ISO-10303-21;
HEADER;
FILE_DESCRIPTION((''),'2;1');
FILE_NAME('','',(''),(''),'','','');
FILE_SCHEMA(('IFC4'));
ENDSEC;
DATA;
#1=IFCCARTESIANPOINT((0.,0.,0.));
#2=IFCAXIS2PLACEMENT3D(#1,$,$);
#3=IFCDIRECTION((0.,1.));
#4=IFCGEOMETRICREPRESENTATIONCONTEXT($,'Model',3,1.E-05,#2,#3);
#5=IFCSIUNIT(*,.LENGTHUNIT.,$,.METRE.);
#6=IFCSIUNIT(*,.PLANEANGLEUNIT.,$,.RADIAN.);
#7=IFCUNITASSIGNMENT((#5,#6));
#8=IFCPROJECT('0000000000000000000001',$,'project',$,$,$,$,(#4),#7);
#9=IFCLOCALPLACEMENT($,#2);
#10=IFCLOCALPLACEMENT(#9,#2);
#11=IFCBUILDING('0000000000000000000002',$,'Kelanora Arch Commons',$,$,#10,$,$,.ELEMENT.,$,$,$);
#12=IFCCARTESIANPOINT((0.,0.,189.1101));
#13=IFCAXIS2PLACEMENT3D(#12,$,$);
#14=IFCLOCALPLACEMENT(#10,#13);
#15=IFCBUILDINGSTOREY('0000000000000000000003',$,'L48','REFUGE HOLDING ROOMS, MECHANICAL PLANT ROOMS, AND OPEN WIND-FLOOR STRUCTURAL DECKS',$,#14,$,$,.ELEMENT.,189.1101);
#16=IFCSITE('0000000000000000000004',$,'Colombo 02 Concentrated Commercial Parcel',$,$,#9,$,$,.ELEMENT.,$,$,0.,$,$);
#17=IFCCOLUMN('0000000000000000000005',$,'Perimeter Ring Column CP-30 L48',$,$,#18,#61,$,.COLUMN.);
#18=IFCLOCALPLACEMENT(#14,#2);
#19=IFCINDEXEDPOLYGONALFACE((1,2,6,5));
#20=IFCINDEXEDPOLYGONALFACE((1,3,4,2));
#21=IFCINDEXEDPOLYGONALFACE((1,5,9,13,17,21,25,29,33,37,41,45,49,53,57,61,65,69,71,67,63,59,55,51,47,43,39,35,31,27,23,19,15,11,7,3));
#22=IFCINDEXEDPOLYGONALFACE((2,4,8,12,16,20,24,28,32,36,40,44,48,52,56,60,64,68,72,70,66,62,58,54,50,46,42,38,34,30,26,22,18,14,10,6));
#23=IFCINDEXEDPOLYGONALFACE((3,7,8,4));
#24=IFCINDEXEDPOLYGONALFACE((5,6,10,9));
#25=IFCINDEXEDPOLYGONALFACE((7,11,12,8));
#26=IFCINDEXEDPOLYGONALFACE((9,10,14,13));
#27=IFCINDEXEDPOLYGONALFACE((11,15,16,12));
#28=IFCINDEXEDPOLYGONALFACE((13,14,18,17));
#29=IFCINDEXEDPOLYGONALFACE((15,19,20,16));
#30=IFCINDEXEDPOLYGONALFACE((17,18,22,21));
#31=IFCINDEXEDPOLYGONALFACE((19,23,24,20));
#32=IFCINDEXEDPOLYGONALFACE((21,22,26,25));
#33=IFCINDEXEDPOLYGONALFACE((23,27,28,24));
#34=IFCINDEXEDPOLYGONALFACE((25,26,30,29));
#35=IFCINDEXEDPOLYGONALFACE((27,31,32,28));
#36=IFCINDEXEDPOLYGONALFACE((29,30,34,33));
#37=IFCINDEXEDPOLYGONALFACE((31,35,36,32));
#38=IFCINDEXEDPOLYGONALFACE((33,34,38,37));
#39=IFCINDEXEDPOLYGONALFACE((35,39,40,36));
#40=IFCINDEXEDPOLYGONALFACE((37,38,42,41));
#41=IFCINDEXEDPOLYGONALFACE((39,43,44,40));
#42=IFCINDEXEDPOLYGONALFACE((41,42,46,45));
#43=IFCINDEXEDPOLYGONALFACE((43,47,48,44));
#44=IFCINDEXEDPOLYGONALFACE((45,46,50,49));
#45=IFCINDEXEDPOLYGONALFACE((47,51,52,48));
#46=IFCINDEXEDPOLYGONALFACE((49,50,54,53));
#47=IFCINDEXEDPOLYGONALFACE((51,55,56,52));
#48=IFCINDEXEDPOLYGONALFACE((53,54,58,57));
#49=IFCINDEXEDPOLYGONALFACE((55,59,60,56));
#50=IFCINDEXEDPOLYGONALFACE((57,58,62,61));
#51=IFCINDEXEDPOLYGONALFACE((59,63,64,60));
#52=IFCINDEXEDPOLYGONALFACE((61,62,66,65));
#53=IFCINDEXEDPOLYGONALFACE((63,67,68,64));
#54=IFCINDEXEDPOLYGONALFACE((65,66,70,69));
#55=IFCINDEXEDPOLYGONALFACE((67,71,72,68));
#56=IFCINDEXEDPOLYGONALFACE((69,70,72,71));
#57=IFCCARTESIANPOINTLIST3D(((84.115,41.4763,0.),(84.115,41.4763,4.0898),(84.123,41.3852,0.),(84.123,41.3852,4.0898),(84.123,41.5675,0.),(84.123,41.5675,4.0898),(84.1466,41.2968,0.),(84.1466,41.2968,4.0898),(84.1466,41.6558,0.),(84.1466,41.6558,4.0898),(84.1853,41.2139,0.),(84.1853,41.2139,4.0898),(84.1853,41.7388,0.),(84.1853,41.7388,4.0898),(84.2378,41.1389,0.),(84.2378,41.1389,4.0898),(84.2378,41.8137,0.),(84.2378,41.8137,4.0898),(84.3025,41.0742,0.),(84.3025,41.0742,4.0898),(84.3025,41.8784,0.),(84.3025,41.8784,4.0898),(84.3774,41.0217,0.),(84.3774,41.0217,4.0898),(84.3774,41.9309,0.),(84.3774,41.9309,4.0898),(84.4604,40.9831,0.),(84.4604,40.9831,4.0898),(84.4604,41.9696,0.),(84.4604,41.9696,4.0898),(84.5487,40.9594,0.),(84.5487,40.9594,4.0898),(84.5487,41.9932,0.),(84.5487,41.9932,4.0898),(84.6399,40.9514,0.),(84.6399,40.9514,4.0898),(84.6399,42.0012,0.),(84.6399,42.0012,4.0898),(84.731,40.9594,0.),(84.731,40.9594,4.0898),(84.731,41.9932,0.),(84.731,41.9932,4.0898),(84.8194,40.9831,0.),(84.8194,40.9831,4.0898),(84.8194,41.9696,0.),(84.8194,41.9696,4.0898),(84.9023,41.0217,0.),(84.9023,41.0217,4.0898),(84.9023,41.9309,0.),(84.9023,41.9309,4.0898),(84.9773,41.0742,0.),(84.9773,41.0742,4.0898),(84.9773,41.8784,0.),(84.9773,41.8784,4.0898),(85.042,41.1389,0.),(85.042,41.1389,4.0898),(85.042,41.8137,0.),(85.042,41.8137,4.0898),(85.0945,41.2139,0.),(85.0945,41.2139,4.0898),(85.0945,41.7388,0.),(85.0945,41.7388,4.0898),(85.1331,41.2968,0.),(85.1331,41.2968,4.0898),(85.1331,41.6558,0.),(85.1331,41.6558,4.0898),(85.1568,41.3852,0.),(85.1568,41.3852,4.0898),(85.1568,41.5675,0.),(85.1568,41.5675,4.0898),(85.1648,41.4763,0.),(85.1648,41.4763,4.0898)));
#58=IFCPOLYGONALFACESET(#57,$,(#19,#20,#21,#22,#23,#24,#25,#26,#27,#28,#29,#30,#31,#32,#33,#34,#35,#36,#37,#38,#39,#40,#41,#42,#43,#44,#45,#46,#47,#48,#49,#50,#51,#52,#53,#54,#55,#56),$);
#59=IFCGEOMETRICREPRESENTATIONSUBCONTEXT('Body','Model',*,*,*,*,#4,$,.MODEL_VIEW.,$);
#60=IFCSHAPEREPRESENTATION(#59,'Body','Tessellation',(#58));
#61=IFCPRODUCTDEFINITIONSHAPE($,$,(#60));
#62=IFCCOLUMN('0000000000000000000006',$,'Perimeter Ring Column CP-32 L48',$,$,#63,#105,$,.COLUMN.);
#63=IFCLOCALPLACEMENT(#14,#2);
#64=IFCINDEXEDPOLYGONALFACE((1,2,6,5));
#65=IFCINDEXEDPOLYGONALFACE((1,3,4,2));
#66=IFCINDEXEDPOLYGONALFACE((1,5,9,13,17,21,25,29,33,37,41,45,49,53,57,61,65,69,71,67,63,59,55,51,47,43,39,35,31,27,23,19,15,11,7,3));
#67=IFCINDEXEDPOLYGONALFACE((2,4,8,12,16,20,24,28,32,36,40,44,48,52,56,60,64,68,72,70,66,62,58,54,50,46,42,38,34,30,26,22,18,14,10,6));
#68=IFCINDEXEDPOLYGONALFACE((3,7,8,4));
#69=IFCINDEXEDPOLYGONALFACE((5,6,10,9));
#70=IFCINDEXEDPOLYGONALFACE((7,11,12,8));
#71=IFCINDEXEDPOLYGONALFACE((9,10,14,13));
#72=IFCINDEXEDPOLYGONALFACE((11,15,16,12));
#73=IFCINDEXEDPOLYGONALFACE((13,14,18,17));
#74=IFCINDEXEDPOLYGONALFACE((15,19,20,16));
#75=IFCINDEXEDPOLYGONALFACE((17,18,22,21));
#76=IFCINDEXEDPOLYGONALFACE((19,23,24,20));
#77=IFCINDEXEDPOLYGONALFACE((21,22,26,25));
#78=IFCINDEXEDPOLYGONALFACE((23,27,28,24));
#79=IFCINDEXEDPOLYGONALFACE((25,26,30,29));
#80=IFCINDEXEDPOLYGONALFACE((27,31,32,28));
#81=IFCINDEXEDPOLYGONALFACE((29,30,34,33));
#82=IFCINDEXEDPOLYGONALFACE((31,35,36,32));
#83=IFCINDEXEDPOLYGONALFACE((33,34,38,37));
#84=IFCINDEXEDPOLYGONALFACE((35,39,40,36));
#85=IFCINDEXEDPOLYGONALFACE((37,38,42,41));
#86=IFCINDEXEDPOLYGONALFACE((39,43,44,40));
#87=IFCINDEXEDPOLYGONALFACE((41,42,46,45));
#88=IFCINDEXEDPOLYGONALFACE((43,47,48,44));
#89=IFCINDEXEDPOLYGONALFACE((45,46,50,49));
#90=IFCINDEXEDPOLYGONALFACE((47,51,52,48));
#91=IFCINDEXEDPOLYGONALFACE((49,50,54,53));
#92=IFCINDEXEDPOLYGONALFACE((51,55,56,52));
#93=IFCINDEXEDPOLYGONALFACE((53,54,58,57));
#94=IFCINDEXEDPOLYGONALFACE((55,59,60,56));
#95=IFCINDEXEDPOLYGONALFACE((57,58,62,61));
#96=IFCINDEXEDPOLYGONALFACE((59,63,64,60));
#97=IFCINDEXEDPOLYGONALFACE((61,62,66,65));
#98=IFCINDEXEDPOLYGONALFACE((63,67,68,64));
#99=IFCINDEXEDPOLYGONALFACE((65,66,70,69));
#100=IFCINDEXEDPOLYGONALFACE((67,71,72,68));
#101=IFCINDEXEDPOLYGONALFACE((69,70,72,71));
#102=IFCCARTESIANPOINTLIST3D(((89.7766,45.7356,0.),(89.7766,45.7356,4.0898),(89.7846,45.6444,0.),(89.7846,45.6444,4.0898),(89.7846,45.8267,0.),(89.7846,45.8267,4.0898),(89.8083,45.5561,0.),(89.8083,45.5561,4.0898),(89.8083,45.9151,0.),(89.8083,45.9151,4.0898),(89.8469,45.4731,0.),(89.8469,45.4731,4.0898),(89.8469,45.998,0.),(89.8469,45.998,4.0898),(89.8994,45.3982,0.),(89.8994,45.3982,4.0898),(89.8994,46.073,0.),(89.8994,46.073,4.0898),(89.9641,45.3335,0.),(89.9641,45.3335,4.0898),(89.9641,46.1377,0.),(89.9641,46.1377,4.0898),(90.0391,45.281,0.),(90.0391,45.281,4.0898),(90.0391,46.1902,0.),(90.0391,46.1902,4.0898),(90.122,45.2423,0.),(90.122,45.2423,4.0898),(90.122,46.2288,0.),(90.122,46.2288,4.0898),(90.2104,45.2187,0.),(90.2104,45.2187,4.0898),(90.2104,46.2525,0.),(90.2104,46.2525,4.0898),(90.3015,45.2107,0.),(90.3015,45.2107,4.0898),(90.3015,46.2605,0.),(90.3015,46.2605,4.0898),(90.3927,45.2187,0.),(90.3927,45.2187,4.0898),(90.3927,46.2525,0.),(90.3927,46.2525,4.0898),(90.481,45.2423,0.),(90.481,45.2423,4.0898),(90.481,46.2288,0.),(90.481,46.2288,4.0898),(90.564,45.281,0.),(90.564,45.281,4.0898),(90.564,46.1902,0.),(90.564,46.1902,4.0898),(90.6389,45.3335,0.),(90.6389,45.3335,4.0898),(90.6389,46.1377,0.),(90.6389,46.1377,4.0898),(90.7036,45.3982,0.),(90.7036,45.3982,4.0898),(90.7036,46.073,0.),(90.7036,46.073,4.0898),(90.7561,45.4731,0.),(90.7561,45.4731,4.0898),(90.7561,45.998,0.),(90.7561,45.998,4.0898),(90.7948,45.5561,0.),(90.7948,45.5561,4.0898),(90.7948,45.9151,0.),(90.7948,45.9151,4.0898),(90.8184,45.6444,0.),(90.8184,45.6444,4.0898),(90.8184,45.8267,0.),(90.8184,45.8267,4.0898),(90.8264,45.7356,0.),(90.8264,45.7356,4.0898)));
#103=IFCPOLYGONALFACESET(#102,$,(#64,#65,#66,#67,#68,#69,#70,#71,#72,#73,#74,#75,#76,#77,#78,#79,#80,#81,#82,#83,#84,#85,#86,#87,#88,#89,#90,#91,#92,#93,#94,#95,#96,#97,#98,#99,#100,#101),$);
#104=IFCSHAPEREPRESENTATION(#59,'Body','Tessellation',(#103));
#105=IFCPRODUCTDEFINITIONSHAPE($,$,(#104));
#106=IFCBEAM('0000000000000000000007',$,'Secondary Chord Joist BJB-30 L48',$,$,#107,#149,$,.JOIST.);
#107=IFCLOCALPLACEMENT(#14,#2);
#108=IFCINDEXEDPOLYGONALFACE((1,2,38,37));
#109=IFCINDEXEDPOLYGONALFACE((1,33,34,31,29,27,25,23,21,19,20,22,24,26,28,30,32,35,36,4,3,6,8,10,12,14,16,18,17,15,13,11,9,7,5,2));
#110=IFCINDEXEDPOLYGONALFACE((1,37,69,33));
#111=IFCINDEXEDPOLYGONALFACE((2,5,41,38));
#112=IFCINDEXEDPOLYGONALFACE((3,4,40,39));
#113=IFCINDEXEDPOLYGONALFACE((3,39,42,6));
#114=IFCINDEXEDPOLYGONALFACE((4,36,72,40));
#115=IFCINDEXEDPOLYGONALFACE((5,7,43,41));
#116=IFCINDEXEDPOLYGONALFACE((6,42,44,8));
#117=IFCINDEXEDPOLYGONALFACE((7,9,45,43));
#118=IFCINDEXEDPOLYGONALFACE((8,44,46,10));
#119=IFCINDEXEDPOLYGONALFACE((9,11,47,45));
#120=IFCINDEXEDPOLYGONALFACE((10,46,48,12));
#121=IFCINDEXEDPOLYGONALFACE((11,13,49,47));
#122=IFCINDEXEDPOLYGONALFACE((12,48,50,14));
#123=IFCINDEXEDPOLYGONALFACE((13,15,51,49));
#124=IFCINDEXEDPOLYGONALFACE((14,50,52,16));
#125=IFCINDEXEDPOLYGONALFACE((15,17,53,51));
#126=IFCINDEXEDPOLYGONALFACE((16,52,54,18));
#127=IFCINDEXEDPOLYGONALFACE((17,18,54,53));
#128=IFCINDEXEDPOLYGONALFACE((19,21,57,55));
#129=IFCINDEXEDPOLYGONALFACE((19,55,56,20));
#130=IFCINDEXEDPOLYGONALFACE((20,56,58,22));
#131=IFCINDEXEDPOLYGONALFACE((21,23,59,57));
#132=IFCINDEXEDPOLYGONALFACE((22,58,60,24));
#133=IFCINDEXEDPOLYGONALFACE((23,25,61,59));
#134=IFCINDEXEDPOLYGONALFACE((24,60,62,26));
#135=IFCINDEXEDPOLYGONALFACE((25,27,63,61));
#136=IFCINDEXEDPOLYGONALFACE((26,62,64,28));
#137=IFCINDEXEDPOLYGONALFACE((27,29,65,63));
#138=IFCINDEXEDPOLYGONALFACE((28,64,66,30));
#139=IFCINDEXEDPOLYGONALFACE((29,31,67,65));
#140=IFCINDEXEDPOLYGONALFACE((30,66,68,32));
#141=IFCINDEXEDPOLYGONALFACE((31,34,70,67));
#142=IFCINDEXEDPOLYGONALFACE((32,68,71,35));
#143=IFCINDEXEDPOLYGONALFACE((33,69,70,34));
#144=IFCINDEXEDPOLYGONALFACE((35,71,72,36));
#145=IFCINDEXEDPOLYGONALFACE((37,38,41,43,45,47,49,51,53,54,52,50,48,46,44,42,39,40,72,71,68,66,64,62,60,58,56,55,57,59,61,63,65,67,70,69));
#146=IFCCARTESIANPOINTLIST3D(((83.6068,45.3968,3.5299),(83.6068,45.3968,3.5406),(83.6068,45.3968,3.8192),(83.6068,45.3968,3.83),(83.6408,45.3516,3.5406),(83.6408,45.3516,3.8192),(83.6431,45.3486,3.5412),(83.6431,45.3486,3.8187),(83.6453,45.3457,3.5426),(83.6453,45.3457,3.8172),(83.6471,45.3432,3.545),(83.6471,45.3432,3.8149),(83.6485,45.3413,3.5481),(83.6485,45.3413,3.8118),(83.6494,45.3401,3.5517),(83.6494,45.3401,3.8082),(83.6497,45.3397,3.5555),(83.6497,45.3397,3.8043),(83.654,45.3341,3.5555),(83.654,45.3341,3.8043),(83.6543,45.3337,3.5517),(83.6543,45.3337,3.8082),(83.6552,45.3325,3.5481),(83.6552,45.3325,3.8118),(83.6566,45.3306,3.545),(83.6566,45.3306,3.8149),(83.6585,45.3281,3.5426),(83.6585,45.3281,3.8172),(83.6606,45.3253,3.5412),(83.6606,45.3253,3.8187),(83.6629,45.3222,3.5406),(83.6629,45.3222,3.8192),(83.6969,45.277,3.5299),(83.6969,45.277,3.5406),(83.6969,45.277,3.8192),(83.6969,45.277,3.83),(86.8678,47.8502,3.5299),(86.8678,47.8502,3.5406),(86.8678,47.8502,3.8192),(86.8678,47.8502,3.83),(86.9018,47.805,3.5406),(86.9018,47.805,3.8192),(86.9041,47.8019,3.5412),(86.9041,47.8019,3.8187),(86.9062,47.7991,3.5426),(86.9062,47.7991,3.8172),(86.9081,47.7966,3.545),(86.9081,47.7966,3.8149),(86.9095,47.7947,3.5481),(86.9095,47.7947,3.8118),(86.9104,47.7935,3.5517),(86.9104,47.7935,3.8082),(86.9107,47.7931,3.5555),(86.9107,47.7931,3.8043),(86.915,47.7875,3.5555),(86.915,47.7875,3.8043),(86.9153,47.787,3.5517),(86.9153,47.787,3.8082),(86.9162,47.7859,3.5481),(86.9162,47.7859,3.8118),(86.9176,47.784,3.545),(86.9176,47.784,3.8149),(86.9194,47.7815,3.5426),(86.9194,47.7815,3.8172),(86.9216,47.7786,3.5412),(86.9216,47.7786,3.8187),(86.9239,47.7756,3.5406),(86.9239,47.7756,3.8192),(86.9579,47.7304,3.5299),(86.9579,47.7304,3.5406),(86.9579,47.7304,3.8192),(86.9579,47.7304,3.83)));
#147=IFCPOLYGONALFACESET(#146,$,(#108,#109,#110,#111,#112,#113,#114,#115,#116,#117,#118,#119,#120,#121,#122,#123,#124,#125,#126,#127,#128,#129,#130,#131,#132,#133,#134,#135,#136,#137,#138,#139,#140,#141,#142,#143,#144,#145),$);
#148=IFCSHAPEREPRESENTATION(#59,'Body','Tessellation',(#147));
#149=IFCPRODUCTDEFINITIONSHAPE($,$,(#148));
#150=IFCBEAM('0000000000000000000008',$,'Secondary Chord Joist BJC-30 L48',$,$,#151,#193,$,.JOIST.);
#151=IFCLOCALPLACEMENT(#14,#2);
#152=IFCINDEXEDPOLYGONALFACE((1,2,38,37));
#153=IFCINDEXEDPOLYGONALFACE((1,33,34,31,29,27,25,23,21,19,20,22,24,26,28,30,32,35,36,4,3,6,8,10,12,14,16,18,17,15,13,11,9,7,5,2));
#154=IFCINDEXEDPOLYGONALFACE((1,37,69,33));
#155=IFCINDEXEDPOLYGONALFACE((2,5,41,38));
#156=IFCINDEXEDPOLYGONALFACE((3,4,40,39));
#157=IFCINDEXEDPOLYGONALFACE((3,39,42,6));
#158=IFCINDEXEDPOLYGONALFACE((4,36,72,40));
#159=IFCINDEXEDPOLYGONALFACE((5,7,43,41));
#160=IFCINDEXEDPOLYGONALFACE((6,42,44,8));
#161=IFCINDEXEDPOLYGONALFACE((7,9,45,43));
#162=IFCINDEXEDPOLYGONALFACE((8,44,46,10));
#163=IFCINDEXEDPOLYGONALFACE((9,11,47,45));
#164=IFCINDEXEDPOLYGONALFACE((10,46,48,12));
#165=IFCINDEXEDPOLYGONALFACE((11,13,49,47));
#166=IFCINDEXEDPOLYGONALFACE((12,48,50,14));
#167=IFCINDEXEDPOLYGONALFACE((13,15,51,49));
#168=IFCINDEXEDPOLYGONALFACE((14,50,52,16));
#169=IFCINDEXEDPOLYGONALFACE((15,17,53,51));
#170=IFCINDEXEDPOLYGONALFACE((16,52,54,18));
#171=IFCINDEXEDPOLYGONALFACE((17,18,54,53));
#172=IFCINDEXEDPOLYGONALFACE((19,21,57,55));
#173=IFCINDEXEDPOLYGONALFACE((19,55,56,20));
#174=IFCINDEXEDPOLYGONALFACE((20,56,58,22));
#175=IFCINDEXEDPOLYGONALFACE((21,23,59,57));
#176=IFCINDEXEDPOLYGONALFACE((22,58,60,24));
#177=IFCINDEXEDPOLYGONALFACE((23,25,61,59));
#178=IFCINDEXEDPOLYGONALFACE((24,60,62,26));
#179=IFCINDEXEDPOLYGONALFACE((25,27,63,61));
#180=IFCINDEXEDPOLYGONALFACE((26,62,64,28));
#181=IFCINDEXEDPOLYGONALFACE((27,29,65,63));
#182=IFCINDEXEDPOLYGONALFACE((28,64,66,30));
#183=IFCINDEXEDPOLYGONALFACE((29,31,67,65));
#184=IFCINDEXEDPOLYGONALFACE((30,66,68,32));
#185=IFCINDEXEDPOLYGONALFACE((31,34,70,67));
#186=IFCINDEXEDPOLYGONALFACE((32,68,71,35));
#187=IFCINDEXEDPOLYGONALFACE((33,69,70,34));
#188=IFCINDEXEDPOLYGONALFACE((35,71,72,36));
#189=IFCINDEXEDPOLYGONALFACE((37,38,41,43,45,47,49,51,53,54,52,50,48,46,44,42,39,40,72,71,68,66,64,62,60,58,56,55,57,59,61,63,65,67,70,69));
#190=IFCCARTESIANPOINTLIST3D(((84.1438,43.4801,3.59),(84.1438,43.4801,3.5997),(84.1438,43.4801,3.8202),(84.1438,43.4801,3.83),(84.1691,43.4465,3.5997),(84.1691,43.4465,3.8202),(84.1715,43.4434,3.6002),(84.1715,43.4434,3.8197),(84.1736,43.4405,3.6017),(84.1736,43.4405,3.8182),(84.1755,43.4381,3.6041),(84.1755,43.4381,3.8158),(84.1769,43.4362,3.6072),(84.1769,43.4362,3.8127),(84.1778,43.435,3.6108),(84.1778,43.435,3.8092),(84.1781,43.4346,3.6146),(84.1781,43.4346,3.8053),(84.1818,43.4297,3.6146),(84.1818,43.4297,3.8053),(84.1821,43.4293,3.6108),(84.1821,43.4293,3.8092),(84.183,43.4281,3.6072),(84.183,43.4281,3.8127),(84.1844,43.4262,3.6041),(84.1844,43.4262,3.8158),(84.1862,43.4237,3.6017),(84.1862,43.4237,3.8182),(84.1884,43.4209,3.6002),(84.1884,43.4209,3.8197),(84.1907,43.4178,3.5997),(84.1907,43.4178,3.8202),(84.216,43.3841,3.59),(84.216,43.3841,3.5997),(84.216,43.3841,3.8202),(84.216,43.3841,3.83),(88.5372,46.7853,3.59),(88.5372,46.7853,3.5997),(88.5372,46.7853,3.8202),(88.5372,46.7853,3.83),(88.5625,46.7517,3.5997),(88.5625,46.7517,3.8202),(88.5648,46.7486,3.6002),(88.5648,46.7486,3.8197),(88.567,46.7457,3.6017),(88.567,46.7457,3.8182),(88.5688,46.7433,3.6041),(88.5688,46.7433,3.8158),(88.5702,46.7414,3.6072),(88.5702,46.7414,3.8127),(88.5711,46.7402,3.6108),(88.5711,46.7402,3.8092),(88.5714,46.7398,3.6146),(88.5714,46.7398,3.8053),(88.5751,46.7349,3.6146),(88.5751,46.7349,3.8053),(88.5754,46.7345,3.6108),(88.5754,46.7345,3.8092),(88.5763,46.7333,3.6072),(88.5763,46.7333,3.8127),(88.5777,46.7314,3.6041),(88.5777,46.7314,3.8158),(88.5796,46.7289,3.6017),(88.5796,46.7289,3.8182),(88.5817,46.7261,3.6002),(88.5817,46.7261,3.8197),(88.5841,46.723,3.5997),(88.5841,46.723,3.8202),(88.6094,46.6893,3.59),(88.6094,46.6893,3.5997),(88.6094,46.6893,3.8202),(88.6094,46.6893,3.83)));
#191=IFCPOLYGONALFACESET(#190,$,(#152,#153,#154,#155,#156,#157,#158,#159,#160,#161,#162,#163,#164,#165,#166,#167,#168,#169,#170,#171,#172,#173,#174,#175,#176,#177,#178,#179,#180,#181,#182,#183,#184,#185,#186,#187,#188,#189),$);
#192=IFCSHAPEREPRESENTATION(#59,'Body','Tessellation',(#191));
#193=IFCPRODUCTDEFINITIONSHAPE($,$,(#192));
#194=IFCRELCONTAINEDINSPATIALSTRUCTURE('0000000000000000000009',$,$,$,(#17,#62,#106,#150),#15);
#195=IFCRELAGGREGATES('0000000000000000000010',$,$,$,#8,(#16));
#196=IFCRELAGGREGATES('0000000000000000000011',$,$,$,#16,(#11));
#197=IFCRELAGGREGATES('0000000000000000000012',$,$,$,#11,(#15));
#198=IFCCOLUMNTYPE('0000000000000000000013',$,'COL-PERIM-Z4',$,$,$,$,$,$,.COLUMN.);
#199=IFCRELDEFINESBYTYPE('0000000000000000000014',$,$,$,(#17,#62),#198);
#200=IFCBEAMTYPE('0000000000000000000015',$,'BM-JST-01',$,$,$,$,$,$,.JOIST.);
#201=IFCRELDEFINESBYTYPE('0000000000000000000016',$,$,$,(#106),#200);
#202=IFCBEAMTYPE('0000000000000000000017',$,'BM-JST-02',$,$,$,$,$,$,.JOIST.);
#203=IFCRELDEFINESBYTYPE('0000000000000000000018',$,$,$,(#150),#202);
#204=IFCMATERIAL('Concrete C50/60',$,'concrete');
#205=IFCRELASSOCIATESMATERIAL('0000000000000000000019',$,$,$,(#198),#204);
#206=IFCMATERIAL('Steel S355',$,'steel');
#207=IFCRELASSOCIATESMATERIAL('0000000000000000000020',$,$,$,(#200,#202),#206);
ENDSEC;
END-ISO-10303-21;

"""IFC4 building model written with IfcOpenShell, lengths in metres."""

from ifc_helpers import new_model, si_unit, direction, frame, origin, origin_2d, place, context, subcontext, project, spatial, circle, i_section, extrude, material, material_profile, profile_set, type_object, element, save


model = new_model("IFC4")

# Units and contexts
model_context = context("Model", 3, precision=1e-05, world=origin(), true_north=direction((0.0, 1.0)))
body_context = subcontext(model_context, "Body", "Model", "MODEL_VIEW")
ifc_project = project(units=[si_unit("LENGTHUNIT", "METRE"), si_unit("PLANEANGLEUNIT", "RADIAN")], contexts=[model_context])

# Site, building, storey
site_placement = place(None, origin())
site = spatial("IfcSite", under=ifc_project, at=site_placement, Name="Colombo 02 Concentrated Commercial Parcel", CompositionType="ELEMENT", RefElevation=0.0)
building_placement = place(site_placement, origin())
building = spatial("IfcBuilding", under=site, at=building_placement, Name="Kelanora Arch Commons", CompositionType="ELEMENT")
storey_placement = place(building_placement, frame((0.0, 0.0, 189.1101)))
storey = spatial("IfcBuildingStorey", under=building, at=storey_placement, Name="L48", Description="REFUGE HOLDING ROOMS, MECHANICAL PLANT ROOMS, AND OPEN WIND-FLOOR STRUCTURAL DECKS", CompositionType="ELEMENT", Elevation=189.1101)

# Columns
ifc_material_1 = material(Name="Concrete C50/60", Category="concrete")
ifc_material_profile_1 = material_profile(ifc_material_1, circle(Radius=0.5249, at=origin_2d()), Name="RCC1050")
ifc_profile_set_1 = profile_set([ifc_material_profile_1], Name="Concrete C50/60")
column_type = type_object("IfcColumnType", Name="COL-PERIM-Z4", PredefinedType="COLUMN", material=ifc_profile_set_1)
for number, where, z_axis, x_axis, name in (
    (1, (84.6399, 41.4763, 0.0), (0.0, 0.0, 1.0), (1.0, 0.0, 0.0), "Perimeter Ring Column CP-30 L48"),
    (2, (90.3015, 45.7356, 0.0), (0.0, 0.0, 1.0), (1.0, 0.0, 0.0), "Perimeter Ring Column CP-32 L48"),
):
    element("IfcColumn", number, at=place(storey_placement, frame(where, z_axis=z_axis, x_axis=x_axis)), inside=storey, type_object=column_type, Name=name, PredefinedType="COLUMN", context=body_context, shape_type="SweptSolid", body=[
        extrude(circle(Radius=0.5249, at=origin_2d()), origin(), (0.0, 0.0, 1.0), 4.0898),
    ])

# Beams
ifc_material_2 = material(Name="Steel S355", Category="steel")
ifc_material_profile_2 = material_profile(ifc_material_2, i_section(OverallWidth=0.1499, OverallDepth=0.3, WebThickness=0.0071, FlangeThickness=0.0107, FilletRadius=0.0149, at=origin_2d()), Name="IPE300")
ifc_profile_set_2 = profile_set([ifc_material_profile_2], Name="Steel S355")
beam_type_1 = type_object("IfcBeamType", Name="BM-JST-01", PredefinedType="JOIST", material=ifc_profile_set_2)
beam_1_placement = place(storey_placement, frame((83.6519, 45.3369, 3.6799), z_axis=(0.799102, 0.601196, 0.0), x_axis=(-0.601196, 0.799102, 0.0)))
element("IfcBeam", 3, at=beam_1_placement, inside=storey, type_object=beam_type_1, Name="Secondary Chord Joist BJB-30 L48", PredefinedType="JOIST", context=body_context, shape_type="SweptSolid", body=[
    extrude(i_section(OverallWidth=0.1499, OverallDepth=0.3, WebThickness=0.0071, FlangeThickness=0.0107, FilletRadius=0.0149, at=origin_2d()), origin(), (0.0, 0.0, 1.0), 4.0808),
])
ifc_material_profile_3 = material_profile(ifc_material_2, i_section(OverallWidth=0.1201, OverallDepth=0.24, WebThickness=0.0061, FlangeThickness=0.0098, FilletRadius=0.0149, at=origin_2d()), Name="IPE240")
ifc_profile_set_3 = profile_set([ifc_material_profile_3], Name="Steel S355")
beam_type_2 = type_object("IfcBeamType", Name="BM-JST-02", PredefinedType="JOIST", material=ifc_profile_set_3)
beam_2_placement = place(storey_placement, frame((84.1799, 43.4321, 3.71), z_axis=(0.799109, 0.601186, 0.0), x_axis=(-0.601186, 0.799109, 0.0)))
element("IfcBeam", 4, at=beam_2_placement, inside=storey, type_object=beam_type_2, Name="Secondary Chord Joist BJC-30 L48", PredefinedType="JOIST", context=body_context, shape_type="SweptSolid", body=[
    extrude(i_section(OverallWidth=0.1201, OverallDepth=0.24, WebThickness=0.0061, FlangeThickness=0.0098, FilletRadius=0.0149, at=origin_2d()), origin(), (0.0, 0.0, 1.0), 5.4978),
])

save(model, "model.ifc")
